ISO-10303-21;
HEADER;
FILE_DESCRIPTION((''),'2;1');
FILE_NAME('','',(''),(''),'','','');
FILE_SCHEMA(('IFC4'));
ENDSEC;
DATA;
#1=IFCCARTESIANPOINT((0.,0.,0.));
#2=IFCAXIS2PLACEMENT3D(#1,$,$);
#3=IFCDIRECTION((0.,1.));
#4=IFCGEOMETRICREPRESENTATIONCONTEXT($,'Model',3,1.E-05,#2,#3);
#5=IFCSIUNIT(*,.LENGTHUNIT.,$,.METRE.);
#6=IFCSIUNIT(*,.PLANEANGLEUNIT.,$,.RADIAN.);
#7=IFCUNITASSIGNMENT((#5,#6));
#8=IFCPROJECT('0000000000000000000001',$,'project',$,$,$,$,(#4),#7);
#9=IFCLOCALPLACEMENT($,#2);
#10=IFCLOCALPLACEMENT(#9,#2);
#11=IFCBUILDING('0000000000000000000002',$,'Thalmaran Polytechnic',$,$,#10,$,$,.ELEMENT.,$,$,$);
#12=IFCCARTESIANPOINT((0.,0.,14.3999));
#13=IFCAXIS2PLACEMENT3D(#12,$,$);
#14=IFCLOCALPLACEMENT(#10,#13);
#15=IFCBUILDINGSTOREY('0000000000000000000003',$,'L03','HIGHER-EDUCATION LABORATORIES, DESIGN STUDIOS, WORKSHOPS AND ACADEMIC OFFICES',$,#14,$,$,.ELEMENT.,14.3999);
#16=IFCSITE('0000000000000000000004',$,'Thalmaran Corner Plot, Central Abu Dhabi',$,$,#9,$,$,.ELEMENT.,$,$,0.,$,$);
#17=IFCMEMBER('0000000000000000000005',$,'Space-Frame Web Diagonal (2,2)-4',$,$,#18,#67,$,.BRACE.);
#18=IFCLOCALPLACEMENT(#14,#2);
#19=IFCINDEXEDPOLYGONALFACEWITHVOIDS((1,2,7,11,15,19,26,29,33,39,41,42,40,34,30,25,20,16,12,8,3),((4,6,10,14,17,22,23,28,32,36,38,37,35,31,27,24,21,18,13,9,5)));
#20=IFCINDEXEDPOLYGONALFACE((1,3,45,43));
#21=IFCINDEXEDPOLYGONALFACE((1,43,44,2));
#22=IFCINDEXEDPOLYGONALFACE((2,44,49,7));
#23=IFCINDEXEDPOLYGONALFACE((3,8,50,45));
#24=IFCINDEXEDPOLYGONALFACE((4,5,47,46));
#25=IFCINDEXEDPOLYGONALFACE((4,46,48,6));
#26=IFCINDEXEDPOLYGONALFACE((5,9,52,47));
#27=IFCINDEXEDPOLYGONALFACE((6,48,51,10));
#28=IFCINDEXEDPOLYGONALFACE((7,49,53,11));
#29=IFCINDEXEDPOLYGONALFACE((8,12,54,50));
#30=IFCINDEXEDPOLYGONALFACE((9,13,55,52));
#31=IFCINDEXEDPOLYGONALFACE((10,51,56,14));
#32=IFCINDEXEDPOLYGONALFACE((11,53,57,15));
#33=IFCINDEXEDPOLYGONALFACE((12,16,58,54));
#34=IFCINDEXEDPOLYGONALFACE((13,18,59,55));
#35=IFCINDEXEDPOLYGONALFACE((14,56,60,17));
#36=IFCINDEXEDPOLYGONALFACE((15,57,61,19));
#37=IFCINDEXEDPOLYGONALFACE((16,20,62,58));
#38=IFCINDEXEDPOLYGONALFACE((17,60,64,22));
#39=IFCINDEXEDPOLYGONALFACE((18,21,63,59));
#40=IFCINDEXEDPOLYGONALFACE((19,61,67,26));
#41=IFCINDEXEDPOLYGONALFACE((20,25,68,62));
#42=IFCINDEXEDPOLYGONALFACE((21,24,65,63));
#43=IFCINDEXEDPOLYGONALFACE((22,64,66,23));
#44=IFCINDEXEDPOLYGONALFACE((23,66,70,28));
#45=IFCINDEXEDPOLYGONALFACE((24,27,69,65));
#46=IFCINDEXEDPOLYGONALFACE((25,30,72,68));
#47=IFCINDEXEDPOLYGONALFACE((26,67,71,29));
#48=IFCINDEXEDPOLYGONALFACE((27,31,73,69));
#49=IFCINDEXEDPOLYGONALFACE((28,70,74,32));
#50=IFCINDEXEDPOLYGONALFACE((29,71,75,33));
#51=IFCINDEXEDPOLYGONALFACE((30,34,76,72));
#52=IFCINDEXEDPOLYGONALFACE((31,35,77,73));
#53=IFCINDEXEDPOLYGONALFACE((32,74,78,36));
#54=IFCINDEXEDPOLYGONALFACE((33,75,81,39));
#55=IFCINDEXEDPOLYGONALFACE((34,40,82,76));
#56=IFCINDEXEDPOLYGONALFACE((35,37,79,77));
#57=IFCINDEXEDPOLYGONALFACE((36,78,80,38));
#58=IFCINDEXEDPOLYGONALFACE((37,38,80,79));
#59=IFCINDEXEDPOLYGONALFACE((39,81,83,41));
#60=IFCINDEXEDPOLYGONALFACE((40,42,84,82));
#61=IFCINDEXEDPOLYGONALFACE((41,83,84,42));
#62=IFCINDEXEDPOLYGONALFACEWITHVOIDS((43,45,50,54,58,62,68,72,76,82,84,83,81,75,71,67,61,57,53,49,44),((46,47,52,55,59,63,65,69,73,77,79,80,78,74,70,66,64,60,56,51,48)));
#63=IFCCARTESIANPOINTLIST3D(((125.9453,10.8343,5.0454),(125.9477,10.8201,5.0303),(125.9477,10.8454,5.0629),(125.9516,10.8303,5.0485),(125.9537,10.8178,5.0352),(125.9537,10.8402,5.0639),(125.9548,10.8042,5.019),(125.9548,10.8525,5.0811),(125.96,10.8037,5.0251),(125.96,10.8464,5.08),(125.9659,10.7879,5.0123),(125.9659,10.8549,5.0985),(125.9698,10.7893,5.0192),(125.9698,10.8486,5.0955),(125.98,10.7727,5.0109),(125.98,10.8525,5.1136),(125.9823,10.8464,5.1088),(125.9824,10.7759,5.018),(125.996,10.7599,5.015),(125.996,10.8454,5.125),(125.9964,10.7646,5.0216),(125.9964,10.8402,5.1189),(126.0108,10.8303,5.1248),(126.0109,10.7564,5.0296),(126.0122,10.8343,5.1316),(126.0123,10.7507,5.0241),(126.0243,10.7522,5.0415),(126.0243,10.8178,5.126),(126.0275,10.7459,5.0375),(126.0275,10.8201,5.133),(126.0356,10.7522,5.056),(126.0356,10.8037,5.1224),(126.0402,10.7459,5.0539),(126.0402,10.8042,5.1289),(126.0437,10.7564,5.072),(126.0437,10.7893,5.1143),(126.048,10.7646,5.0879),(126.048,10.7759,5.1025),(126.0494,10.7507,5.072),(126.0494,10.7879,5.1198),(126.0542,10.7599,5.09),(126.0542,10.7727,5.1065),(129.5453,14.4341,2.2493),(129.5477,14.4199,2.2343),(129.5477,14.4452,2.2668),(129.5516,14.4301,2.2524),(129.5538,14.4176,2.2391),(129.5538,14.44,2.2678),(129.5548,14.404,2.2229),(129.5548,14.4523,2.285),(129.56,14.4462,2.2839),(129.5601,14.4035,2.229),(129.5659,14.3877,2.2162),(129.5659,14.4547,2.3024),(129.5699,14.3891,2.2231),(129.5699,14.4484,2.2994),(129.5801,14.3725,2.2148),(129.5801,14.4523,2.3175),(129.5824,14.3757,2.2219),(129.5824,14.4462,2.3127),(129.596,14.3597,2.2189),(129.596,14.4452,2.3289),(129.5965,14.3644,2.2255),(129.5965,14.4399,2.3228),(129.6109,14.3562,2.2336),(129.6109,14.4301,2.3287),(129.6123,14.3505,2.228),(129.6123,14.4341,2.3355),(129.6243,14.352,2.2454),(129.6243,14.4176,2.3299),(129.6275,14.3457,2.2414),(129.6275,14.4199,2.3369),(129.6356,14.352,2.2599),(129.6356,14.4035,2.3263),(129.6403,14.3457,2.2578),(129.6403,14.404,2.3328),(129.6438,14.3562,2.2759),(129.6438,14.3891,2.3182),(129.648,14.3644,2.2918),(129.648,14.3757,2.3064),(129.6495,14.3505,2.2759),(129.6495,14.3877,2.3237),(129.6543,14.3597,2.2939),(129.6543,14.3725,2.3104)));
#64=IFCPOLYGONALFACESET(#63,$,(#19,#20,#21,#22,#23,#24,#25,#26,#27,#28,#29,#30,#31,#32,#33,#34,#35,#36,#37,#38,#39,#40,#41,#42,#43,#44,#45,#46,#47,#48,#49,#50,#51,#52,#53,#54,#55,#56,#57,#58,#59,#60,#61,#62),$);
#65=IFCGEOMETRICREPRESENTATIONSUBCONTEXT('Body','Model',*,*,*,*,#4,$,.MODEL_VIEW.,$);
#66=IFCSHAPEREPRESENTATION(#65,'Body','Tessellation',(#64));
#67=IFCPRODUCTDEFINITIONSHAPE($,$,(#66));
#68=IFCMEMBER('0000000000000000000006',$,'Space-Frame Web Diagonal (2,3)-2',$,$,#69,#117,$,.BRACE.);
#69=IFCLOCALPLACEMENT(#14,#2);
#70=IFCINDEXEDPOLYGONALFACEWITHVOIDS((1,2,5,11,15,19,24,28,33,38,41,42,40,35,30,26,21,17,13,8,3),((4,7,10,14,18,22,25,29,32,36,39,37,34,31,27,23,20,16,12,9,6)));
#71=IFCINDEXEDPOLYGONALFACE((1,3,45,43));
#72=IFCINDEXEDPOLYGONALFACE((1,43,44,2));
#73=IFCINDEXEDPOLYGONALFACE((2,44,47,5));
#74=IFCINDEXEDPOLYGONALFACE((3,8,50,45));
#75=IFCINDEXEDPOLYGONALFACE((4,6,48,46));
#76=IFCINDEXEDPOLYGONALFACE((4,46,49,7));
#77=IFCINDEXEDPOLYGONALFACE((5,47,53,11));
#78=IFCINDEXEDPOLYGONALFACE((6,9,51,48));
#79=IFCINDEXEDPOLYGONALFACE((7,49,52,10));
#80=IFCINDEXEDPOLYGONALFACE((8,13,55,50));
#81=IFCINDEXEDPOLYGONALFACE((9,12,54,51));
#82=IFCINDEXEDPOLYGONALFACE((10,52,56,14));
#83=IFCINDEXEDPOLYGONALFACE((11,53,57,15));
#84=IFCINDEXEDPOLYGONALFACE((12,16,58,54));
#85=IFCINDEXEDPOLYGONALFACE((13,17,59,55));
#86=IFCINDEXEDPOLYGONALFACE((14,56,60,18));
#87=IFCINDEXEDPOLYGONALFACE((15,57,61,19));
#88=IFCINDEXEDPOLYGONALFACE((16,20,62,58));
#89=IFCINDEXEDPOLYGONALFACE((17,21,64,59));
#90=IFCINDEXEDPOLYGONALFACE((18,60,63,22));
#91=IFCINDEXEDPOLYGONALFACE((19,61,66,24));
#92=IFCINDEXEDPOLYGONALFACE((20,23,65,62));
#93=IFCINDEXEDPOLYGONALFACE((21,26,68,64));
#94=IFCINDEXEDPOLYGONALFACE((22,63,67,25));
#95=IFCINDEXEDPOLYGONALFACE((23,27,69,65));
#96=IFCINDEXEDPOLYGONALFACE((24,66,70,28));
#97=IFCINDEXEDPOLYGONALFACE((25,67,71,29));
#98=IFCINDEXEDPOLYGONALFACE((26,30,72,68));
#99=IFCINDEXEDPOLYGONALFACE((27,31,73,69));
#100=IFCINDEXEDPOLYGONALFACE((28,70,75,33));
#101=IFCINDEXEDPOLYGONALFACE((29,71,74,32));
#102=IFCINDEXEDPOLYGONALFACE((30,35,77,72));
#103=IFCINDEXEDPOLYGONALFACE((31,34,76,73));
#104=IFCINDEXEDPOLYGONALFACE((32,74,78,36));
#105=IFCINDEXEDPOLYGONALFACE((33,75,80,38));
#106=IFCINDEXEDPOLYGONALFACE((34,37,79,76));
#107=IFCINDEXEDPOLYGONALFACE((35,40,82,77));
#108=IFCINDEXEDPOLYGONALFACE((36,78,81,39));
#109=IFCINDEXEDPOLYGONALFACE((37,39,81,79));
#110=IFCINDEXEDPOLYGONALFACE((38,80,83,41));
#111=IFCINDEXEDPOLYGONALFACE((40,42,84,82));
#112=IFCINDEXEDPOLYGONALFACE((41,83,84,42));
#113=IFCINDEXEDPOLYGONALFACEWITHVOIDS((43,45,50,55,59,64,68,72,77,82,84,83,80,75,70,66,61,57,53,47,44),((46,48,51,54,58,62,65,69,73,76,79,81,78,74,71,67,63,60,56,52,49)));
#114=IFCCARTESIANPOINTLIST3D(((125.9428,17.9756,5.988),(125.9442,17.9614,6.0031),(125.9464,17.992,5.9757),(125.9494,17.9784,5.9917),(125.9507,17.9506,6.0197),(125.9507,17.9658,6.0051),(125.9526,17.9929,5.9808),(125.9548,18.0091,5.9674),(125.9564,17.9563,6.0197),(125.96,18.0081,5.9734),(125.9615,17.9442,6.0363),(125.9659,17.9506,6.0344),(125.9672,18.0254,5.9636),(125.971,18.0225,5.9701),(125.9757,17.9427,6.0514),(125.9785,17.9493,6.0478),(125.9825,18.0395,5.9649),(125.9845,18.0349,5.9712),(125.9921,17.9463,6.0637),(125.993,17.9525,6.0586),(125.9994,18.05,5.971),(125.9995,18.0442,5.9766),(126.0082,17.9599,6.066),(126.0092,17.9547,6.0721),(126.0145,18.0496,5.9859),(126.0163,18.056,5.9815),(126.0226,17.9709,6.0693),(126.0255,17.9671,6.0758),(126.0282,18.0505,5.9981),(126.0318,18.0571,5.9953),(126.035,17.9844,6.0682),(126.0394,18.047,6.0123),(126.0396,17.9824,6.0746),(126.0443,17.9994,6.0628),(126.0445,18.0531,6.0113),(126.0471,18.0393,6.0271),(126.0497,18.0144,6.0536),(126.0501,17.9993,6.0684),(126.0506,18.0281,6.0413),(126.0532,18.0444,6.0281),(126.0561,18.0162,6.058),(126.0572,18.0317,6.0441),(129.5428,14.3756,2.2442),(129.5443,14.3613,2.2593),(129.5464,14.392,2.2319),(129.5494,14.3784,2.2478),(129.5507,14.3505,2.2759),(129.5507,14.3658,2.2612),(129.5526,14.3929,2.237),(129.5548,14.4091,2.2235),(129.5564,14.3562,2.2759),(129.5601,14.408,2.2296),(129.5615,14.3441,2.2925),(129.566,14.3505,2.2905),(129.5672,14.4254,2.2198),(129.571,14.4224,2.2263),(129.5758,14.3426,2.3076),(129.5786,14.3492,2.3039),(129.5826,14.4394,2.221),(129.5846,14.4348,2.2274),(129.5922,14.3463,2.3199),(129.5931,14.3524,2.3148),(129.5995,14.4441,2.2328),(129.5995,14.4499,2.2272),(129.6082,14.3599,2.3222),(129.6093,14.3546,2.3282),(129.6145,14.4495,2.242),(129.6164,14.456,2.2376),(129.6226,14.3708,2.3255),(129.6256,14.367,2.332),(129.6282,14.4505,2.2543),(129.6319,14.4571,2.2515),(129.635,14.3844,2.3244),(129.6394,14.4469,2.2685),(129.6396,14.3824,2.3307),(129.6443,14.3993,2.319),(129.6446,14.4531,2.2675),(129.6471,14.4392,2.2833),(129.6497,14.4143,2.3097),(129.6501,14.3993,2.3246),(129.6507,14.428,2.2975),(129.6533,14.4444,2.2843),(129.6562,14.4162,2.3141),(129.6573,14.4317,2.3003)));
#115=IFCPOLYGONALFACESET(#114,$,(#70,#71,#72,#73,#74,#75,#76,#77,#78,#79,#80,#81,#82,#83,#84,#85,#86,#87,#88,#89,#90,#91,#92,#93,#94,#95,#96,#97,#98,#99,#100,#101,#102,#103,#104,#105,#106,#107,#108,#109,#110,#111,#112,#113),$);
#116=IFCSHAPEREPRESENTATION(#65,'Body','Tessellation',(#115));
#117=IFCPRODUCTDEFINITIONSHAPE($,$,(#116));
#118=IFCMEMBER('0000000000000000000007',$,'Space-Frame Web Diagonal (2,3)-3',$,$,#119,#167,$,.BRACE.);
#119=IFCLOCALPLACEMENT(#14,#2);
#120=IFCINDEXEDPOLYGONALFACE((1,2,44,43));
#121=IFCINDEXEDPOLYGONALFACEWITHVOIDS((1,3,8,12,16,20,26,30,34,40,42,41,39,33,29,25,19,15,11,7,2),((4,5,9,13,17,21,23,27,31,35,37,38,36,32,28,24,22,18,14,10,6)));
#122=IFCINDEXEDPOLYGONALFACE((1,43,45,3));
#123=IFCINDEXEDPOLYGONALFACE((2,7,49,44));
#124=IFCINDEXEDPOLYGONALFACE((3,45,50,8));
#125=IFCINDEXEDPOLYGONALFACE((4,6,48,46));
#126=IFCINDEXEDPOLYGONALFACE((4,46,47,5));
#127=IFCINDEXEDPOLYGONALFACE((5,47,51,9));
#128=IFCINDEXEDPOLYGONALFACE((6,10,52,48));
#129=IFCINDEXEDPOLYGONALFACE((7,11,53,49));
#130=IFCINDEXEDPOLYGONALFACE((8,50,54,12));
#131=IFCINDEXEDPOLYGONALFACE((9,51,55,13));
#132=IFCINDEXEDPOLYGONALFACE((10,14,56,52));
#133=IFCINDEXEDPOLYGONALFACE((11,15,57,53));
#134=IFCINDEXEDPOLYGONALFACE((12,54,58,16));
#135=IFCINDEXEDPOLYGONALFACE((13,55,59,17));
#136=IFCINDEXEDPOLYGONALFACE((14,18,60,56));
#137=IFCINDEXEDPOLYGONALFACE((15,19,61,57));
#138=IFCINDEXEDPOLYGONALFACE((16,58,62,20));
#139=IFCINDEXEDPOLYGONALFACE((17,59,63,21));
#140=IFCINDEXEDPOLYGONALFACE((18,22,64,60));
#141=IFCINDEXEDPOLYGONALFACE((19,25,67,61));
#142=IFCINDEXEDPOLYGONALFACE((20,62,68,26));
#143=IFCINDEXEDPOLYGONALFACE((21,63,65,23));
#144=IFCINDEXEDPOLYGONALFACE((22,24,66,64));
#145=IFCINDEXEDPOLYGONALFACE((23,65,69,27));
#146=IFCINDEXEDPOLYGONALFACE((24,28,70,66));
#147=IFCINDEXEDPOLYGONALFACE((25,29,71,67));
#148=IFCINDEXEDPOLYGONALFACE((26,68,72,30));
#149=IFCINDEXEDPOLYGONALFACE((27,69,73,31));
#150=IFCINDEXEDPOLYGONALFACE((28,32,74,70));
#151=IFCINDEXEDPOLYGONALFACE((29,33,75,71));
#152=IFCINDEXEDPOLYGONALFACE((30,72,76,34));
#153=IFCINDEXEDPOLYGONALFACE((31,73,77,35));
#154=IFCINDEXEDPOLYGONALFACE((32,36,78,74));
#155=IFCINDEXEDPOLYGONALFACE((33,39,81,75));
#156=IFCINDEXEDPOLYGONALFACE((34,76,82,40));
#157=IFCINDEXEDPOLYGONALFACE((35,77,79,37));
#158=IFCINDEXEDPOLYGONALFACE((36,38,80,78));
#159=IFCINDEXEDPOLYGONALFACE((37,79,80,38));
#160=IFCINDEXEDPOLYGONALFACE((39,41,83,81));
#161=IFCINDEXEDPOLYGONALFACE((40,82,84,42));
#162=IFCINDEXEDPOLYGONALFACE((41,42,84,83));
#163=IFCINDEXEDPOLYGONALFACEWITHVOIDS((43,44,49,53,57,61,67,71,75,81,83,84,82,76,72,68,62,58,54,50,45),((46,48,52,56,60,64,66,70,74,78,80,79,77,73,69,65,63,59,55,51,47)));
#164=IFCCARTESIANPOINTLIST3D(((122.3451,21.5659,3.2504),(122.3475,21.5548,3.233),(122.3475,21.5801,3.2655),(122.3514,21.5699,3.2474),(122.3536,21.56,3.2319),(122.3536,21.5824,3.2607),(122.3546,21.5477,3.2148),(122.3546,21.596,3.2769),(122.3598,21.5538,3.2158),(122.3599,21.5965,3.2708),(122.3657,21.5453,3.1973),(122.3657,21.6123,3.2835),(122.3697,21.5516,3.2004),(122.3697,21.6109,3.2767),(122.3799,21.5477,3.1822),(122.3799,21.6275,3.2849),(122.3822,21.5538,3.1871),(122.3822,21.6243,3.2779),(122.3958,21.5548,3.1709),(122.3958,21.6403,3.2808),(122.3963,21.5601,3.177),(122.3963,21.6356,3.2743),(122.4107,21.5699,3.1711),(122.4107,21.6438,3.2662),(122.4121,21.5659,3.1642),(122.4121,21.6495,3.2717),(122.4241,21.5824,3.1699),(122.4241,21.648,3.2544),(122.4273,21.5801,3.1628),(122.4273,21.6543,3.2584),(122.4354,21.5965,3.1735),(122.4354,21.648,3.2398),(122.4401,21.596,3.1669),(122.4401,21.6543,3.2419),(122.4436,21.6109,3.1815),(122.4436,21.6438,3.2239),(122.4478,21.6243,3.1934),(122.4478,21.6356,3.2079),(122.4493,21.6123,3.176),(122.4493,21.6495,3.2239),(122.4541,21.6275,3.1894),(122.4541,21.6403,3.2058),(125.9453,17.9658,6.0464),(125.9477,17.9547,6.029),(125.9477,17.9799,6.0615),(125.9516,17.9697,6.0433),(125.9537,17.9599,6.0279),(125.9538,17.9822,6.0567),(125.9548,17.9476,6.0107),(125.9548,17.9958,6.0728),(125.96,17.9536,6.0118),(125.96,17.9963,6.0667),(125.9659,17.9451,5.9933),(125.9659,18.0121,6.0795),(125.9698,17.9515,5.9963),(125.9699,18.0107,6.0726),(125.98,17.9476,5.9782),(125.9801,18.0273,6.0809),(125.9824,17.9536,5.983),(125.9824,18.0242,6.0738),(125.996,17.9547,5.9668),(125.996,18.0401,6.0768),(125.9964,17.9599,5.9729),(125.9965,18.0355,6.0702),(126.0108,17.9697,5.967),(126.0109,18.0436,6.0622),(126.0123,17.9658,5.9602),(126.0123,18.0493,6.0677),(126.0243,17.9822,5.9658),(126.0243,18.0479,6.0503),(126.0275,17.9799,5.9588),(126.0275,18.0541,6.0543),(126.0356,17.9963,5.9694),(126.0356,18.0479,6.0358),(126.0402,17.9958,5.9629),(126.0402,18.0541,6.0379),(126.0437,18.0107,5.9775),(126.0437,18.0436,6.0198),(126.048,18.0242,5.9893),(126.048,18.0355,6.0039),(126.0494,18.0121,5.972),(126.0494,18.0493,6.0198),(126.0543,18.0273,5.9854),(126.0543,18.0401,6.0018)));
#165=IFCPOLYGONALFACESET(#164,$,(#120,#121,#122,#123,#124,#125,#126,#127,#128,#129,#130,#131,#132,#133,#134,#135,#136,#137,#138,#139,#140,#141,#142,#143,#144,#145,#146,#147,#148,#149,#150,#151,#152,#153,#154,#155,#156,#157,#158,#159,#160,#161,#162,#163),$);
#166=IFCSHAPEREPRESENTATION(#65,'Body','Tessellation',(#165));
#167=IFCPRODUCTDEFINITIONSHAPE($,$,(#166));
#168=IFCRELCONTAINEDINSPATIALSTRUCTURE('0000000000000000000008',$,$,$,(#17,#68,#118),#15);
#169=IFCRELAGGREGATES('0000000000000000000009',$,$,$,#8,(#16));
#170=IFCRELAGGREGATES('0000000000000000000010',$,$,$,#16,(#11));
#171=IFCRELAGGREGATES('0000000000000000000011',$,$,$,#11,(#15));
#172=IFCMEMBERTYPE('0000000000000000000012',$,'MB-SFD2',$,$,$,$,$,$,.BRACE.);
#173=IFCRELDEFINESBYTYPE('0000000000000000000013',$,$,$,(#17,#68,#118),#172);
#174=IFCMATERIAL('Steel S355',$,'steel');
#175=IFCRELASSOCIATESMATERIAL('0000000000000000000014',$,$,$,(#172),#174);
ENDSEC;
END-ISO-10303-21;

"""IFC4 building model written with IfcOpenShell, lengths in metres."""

from ifc_helpers import new_model, si_unit, direction, frame, origin, origin_2d, place, context, subcontext, project, spatial, hollow_circle, extrude, material, material_profile, profile_set, type_object, element, save


model = new_model("IFC4")

# Units and contexts
model_context = context("Model", 3, precision=1e-05, world=origin(), true_north=direction((0.0, 1.0)))
body_context = subcontext(model_context, "Body", "Model", "MODEL_VIEW")
ifc_project = project(units=[si_unit("LENGTHUNIT", "METRE"), si_unit("PLANEANGLEUNIT", "RADIAN")], contexts=[model_context])

# Site, building, storey
site_placement = place(None, origin())
site = spatial("IfcSite", under=ifc_project, at=site_placement, Name="Thalmaran Corner Plot, Central Abu Dhabi", CompositionType="ELEMENT", RefElevation=0.0)
building_placement = place(site_placement, origin())
building = spatial("IfcBuilding", under=site, at=building_placement, Name="Thalmaran Polytechnic", CompositionType="ELEMENT")
storey_placement = place(building_placement, frame((0.0, 0.0, 14.3999)))
storey = spatial("IfcBuildingStorey", under=building, at=storey_placement, Name="L03", Description="HIGHER-EDUCATION LABORATORIES, DESIGN STUDIOS, WORKSHOPS AND ACADEMIC OFFICES", CompositionType="ELEMENT", Elevation=14.3999)

# Members
ifc_material = material(Name="Steel S355", Category="steel")
ifc_material_profile_1 = material_profile(ifc_material, hollow_circle(Radius=0.0698, WallThickness=0.0081, at=origin_2d()), Name="CHS 139.7x8.0")
ifc_profile_set_1 = profile_set([ifc_material_profile_1], Name="Steel S355")
member_type_1 = type_object("IfcMemberType", Name="MB-SFD2", PredefinedType="BRACE", material=ifc_profile_set_1)
member_1_placement = place(storey_placement, frame((129.6001, 14.3999, 2.2759), z_axis=(-0.619804, -0.619762, 0.481392), x_axis=(0.707083, -0.707131, 0.0)))
element("IfcMember", 1, at=member_1_placement, inside=storey, type_object=member_type_1, Name="Space-Frame Web Diagonal (2,2)-4", PredefinedType="BRACE", context=body_context, shape_type="SweptSolid", body=[
    extrude(hollow_circle(Radius=0.0698, WallThickness=0.0081, at=origin_2d()), origin(), (0.0, 0.0, 1.0), 5.8083),
])
member_2_placement = place(storey_placement, frame((129.6001, 14.3999, 2.2759), z_axis=(-0.569666, 0.569666, 0.59242), x_axis=(-0.707107, -0.707107, 0.0)))
element("IfcMember", 2, at=member_2_placement, inside=storey, type_object=member_type_1, Name="Space-Frame Web Diagonal (2,3)-2", PredefinedType="BRACE", context=body_context, shape_type="SweptSolid", body=[
    extrude(hollow_circle(Radius=0.0698, WallThickness=0.0081, at=origin_2d()), origin(), (0.0, 0.0, 1.0), 6.3196),
])
for number, where, z_axis, x_axis, name in (
    (3, (122.3999, 21.6001, 3.2239), (0.6198, -0.6198, 0.481348), (0.707107, 0.707107, 0.0), "Space-Frame Web Diagonal (2,3)-3"),
):
    element("IfcMember", number, at=place(storey_placement, frame(where, z_axis=z_axis, x_axis=x_axis)), inside=storey, type_object=member_type_1, Name=name, PredefinedType="BRACE", context=body_context, shape_type="SweptSolid", body=[
        extrude(hollow_circle(Radius=0.0698, WallThickness=0.0081, at=origin_2d()), origin(), (0.0, 0.0, 1.0), 5.8086),
    ])

save(model, "model.ifc")
